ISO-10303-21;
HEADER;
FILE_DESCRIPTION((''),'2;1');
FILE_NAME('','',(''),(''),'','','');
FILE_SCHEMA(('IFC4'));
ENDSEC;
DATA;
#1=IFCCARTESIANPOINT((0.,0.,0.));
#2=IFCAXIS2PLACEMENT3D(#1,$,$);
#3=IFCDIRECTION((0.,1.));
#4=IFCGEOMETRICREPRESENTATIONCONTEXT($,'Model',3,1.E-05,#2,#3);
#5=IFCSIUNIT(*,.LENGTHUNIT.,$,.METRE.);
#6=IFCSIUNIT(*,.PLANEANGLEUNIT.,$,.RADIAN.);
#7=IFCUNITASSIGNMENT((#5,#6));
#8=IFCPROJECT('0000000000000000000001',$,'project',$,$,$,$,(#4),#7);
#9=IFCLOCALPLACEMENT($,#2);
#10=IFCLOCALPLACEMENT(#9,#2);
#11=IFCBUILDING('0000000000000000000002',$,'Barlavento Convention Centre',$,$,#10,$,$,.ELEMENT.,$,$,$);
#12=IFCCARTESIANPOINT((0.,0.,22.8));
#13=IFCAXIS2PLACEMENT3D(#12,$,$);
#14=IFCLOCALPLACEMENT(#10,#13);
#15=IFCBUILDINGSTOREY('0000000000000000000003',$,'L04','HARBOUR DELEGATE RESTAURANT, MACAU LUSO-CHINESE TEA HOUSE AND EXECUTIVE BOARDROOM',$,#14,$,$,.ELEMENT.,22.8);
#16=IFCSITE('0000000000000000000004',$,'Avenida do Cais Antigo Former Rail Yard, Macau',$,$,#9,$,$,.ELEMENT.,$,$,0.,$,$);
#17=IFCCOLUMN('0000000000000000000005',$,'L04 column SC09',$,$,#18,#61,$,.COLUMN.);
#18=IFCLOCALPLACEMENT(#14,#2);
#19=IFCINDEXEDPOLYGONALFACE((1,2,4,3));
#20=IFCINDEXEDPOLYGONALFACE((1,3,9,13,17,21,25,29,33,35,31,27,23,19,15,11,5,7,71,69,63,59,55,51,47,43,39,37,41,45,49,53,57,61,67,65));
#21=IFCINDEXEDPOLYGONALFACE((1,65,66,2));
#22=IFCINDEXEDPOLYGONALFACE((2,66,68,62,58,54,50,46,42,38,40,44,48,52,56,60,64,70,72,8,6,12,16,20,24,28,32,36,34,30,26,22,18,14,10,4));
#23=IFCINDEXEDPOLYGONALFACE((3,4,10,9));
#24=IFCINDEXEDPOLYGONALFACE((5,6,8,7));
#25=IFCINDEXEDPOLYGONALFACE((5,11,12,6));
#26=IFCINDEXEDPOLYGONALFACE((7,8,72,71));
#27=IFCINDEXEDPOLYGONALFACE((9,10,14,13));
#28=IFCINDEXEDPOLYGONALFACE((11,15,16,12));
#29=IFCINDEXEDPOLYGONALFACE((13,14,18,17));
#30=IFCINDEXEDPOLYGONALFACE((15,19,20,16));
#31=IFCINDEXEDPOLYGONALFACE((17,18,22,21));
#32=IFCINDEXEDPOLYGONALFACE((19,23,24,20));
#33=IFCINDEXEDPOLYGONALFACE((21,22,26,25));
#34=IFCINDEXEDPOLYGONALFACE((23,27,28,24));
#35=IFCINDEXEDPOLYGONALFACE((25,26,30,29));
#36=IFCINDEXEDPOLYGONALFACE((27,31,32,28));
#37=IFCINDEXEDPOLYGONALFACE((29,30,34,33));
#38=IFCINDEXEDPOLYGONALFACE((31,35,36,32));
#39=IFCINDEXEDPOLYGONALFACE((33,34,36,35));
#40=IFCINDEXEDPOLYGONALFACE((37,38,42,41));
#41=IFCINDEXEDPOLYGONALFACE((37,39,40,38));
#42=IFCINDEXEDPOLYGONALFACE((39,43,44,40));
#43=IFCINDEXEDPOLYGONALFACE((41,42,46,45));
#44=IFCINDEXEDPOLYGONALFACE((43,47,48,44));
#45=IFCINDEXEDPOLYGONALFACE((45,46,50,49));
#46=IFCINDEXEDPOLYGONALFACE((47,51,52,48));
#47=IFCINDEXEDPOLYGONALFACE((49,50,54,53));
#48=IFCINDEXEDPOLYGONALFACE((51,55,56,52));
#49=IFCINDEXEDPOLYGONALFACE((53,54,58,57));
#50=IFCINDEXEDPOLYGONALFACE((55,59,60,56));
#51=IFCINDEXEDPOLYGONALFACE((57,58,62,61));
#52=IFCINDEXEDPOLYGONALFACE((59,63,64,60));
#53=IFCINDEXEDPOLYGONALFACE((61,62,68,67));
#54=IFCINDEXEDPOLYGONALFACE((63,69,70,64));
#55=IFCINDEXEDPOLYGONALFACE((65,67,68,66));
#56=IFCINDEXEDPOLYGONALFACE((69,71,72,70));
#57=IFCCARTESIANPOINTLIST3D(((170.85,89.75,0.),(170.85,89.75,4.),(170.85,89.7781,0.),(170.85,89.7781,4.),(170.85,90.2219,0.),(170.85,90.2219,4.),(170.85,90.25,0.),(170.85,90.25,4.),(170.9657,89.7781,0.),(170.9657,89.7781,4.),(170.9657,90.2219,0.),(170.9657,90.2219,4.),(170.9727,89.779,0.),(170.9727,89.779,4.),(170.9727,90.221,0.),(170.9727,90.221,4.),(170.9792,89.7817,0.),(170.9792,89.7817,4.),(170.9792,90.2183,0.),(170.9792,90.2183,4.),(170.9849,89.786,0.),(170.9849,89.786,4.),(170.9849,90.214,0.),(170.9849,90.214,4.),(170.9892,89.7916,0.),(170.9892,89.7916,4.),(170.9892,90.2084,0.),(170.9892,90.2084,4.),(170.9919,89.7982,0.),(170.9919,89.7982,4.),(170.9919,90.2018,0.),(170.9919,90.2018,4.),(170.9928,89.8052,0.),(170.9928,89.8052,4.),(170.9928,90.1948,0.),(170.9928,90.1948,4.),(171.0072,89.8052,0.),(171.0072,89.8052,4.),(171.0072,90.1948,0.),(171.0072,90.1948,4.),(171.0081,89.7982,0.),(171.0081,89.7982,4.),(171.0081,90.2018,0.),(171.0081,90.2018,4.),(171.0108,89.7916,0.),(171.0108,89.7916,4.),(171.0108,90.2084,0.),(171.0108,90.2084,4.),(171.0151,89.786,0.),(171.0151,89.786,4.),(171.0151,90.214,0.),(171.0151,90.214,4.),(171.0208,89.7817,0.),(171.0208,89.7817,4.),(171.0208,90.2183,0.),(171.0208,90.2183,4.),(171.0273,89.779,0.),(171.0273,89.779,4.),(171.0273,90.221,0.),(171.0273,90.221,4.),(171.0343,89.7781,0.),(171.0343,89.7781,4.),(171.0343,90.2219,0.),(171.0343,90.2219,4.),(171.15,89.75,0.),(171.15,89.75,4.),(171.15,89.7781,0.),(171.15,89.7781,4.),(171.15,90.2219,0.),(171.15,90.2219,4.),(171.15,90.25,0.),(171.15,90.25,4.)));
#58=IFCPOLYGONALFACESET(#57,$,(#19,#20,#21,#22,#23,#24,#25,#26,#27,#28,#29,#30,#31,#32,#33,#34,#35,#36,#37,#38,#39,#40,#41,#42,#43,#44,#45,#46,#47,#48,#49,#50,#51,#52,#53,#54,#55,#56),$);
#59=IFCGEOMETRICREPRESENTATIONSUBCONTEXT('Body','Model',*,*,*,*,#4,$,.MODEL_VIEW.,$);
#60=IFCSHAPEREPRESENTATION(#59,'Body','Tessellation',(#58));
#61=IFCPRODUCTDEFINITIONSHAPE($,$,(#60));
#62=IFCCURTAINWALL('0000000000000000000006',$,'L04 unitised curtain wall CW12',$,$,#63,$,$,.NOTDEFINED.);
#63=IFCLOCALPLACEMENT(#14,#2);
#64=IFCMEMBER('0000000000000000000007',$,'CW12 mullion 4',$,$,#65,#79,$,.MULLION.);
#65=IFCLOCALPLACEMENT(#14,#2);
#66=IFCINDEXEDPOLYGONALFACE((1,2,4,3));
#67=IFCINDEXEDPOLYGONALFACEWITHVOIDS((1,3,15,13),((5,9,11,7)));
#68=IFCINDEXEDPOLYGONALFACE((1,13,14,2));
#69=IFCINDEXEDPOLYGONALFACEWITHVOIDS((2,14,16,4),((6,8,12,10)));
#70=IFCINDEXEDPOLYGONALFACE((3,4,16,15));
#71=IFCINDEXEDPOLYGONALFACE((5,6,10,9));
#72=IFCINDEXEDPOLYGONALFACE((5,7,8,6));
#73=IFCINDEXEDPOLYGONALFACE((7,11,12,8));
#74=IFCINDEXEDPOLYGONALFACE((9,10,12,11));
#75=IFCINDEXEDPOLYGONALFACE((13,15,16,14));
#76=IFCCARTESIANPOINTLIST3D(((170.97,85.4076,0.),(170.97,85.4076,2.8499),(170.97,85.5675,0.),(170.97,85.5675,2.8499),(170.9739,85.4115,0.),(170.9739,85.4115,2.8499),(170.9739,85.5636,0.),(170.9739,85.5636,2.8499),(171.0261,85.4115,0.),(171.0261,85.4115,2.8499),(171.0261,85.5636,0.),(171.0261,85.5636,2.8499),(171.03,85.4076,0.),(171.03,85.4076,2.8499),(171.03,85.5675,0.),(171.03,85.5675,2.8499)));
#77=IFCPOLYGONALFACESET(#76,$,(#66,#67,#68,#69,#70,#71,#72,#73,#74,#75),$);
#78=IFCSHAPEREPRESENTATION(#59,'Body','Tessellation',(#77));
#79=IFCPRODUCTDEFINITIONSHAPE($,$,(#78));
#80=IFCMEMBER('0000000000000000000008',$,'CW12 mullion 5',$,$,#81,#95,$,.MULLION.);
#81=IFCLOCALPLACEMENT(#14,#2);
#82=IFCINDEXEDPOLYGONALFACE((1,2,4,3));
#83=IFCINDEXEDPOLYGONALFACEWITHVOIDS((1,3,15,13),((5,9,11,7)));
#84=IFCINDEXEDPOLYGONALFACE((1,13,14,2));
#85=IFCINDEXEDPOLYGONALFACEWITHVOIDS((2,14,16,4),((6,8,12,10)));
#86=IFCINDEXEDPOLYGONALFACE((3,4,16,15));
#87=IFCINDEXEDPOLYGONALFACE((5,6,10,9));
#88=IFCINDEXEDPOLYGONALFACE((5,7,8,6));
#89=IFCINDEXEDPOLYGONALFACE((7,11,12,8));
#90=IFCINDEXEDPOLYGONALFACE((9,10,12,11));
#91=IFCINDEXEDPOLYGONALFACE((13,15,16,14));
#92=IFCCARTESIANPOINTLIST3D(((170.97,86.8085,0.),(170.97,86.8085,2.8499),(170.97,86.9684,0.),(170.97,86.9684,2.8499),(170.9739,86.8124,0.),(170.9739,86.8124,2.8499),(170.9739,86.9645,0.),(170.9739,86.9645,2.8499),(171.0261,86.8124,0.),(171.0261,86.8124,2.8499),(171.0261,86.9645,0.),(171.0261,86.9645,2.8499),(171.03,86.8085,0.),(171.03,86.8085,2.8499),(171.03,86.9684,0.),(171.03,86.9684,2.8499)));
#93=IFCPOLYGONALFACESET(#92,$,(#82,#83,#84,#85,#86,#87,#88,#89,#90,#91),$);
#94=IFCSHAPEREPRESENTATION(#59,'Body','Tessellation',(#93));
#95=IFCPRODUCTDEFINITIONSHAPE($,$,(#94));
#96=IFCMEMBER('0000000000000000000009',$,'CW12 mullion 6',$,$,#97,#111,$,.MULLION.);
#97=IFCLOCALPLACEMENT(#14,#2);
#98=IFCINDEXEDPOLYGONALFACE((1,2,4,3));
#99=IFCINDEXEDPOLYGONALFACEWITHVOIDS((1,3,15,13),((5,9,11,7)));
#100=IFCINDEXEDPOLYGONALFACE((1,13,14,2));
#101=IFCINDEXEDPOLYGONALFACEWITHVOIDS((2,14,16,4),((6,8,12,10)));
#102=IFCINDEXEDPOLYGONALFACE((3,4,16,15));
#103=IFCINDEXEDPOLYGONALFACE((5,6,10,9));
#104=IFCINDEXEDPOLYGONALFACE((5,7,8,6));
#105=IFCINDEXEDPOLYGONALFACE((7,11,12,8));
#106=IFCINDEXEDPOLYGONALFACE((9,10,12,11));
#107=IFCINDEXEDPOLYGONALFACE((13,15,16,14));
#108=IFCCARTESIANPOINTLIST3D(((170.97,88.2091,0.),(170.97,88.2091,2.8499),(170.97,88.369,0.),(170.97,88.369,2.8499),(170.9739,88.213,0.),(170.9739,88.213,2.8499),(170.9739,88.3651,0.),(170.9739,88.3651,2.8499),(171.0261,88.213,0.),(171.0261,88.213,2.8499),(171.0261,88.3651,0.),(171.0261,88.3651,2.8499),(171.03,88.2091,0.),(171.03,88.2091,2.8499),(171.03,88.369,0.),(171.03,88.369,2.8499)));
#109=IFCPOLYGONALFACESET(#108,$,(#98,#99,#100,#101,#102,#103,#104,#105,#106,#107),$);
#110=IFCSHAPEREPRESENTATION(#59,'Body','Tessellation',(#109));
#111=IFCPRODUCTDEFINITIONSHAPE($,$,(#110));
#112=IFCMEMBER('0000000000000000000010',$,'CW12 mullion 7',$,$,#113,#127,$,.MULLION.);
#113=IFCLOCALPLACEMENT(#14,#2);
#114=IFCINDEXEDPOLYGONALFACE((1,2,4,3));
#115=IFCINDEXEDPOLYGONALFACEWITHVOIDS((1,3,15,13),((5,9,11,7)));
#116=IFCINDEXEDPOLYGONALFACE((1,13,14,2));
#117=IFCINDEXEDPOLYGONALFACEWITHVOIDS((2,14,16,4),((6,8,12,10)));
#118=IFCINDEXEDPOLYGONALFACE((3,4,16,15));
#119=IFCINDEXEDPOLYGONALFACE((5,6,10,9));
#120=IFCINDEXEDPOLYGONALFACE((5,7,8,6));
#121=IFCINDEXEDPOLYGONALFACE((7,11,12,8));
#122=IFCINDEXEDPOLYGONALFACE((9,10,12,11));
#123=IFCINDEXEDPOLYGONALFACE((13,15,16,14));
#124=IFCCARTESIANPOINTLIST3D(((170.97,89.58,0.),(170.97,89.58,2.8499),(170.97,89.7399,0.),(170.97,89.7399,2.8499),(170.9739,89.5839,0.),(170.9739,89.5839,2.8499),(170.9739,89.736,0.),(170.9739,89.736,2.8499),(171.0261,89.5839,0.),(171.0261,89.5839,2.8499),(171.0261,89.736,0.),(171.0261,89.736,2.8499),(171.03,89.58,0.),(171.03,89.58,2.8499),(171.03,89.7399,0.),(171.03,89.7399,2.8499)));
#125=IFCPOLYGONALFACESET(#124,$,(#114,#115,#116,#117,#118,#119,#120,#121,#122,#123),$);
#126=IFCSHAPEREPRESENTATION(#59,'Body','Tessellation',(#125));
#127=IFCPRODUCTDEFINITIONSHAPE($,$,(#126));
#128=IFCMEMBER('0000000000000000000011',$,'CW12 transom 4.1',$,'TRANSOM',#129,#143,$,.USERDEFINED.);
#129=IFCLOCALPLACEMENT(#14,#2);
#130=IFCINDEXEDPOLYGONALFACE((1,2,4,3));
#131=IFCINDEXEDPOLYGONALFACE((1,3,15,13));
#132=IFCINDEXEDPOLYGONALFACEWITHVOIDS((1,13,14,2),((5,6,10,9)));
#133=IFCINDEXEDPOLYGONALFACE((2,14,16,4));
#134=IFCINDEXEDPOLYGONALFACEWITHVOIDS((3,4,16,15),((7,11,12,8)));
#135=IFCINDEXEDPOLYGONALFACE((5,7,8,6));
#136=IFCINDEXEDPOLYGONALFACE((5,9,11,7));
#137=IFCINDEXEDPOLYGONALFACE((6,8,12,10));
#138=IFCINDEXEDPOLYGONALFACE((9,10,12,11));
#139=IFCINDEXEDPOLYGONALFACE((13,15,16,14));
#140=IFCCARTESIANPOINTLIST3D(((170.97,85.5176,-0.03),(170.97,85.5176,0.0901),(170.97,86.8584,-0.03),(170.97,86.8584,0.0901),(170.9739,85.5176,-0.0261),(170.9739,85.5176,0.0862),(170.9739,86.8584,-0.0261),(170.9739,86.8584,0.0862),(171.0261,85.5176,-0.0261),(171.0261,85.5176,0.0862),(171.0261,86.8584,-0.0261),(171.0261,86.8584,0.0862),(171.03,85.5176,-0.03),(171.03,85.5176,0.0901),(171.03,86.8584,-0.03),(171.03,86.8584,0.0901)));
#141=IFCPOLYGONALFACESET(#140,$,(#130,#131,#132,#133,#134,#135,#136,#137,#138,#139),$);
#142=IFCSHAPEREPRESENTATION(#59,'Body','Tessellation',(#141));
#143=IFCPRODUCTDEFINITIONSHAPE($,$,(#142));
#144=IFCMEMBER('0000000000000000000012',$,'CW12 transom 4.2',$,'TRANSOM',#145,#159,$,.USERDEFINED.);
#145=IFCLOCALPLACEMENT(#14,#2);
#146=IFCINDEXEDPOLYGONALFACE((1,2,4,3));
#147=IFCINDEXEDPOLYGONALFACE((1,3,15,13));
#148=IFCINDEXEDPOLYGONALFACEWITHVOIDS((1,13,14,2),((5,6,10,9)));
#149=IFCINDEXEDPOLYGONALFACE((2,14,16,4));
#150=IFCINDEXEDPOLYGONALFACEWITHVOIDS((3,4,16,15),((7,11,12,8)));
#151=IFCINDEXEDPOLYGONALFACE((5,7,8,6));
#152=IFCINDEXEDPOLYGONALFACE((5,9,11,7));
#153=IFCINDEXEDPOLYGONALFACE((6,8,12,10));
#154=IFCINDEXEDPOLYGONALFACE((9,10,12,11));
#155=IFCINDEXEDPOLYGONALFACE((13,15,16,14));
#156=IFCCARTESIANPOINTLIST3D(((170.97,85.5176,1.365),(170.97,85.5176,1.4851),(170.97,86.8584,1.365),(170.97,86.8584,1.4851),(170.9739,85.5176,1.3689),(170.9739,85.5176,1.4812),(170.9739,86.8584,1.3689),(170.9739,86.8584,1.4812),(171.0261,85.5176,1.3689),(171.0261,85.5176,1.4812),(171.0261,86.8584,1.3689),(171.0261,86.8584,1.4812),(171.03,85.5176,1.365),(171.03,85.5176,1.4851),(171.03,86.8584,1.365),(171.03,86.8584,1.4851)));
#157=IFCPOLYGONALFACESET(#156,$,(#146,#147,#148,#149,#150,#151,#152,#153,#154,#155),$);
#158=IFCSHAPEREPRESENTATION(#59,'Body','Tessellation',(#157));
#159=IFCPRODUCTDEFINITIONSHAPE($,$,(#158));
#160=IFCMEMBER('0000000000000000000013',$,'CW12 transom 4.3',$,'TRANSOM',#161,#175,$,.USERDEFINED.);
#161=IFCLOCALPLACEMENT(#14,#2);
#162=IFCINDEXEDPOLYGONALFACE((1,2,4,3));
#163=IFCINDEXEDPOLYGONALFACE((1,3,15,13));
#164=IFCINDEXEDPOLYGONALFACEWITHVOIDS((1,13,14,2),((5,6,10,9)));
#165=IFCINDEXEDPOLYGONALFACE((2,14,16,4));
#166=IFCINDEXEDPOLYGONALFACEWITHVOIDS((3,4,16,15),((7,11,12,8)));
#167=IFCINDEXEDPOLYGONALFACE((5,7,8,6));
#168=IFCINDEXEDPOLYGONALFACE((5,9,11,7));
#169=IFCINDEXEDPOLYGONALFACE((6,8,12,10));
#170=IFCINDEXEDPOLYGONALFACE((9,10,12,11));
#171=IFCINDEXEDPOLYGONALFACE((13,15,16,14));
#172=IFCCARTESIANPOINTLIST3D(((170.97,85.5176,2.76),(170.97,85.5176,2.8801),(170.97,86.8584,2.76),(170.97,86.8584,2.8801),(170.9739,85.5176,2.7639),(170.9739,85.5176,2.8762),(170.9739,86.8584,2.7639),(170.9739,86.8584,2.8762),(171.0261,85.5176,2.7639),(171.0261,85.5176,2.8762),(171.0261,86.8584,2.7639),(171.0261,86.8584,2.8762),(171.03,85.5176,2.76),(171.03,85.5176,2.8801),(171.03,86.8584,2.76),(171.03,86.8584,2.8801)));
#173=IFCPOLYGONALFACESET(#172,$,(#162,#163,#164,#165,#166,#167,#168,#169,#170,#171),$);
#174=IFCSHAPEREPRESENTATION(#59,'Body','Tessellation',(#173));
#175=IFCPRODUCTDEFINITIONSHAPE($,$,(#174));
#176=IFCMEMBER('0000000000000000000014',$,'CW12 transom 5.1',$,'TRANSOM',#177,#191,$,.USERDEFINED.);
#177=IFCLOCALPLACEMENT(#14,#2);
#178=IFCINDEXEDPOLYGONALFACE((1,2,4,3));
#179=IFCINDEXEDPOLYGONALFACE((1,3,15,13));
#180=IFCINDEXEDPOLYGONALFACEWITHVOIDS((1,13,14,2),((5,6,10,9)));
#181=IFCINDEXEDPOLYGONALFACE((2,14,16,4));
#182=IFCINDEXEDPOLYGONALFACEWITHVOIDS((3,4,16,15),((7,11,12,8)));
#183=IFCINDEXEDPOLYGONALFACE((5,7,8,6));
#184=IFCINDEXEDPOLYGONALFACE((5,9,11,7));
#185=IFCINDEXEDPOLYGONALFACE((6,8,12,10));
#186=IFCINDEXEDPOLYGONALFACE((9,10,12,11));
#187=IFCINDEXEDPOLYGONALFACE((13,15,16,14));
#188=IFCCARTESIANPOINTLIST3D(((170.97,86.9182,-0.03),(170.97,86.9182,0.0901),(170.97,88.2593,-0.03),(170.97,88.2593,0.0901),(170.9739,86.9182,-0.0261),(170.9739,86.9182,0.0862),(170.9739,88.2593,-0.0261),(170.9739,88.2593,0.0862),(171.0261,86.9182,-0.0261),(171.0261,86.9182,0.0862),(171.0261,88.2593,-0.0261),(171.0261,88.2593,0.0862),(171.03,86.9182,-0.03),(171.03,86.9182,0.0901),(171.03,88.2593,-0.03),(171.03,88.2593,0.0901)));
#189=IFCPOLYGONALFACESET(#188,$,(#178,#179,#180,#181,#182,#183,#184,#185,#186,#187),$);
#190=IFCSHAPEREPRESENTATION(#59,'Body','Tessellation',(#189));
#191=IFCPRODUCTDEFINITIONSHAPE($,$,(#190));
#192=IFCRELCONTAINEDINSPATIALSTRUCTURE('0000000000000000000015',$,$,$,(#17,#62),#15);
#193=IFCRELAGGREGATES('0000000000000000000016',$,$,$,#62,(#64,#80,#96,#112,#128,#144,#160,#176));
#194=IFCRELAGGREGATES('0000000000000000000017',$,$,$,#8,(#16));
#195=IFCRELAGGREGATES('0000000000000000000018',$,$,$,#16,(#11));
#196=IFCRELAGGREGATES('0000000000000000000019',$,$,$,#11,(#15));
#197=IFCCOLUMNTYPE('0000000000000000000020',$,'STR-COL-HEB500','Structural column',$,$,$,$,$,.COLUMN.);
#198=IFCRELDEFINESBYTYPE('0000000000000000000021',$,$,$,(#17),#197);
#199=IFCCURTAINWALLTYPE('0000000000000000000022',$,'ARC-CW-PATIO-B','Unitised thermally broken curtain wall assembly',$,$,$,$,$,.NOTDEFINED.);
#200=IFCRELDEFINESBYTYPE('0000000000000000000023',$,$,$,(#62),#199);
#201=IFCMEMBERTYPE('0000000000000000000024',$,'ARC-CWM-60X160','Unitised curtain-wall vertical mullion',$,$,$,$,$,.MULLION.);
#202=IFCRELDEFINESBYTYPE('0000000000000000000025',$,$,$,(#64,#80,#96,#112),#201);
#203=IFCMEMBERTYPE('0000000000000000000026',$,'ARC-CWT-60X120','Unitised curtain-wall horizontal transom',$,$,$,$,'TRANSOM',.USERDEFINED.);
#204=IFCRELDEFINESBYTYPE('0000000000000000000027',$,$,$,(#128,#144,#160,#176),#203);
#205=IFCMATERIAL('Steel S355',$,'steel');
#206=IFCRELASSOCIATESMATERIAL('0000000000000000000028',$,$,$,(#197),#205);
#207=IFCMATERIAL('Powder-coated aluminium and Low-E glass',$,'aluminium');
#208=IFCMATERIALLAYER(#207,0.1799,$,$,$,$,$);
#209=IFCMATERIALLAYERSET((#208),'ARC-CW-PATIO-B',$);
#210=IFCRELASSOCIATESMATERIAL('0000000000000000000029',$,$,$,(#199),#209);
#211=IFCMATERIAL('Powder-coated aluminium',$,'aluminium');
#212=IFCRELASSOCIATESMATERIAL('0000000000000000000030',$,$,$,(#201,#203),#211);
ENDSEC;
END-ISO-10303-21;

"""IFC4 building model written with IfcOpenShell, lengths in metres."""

from ifc_helpers import new_model, si_unit, direction, frame, origin, origin_2d, place, context, subcontext, project, spatial, hollow_rectangle, i_section, extrude, material, layer, layer_set, material_profile, profile_set, type_object, element, aggregate, save


model = new_model("IFC4")

# Units and contexts
model_context = context("Model", 3, precision=1e-05, world=origin(), true_north=direction((0.0, 1.0)))
body_context = subcontext(model_context, "Body", "Model", "MODEL_VIEW")
ifc_project = project(units=[si_unit("LENGTHUNIT", "METRE"), si_unit("PLANEANGLEUNIT", "RADIAN")], contexts=[model_context])

# Site, building, storey
site_placement = place(None, origin())
site = spatial("IfcSite", under=ifc_project, at=site_placement, Name="Avenida do Cais Antigo Former Rail Yard, Macau", CompositionType="ELEMENT", RefElevation=0.0)
building_placement = place(site_placement, origin())
building = spatial("IfcBuilding", under=site, at=building_placement, Name="Barlavento Convention Centre", CompositionType="ELEMENT")
storey_placement = place(building_placement, frame((0.0, 0.0, 22.8)))
storey = spatial("IfcBuildingStorey", under=building, at=storey_placement, Name="L04", Description="HARBOUR DELEGATE RESTAURANT, MACAU LUSO-CHINESE TEA HOUSE AND EXECUTIVE BOARDROOM", CompositionType="ELEMENT", Elevation=22.8)

# Column
ifc_material_1 = material(Name="Steel S355", Category="steel")
ifc_material_profile_1 = material_profile(ifc_material_1, i_section(OverallWidth=0.3, OverallDepth=0.5, WebThickness=0.0144, FlangeThickness=0.0281, FilletRadius=0.0271, at=origin_2d()), Name="HEB 500")
ifc_profile_set_1 = profile_set([ifc_material_profile_1], Name="Steel S355")
column_type = type_object("IfcColumnType", Name="STR-COL-HEB500", Description="Structural column", PredefinedType="COLUMN", material=ifc_profile_set_1)
column_placement = place(storey_placement, frame((171.0, 90.0, 0.0), z_axis=(0.0, 0.0, 1.0), x_axis=(1.0, 0.0, 0.0)))
element("IfcColumn", 1, at=column_placement, inside=storey, type_object=column_type, Name="L04 column SC09", PredefinedType="COLUMN", context=body_context, shape_type="SweptSolid", body=[
    extrude(i_section(OverallWidth=0.3, OverallDepth=0.5, WebThickness=0.0144, FlangeThickness=0.0281, FilletRadius=0.0271, at=origin_2d()), origin(), (0.0, 0.0, 1.0), 4.0),
])

# Curtain wall, members
ifc_material_2 = material(Name="Powder-coated aluminium and Low-E glass", Category="aluminium")
ifc_layer_1 = layer(ifc_material_2, 0.1799)
ifc_layer_set_1 = layer_set([ifc_layer_1], Name="ARC-CW-PATIO-B")
curtain_wall_type = type_object("IfcCurtainWallType", Name="ARC-CW-PATIO-B", Description="Unitised thermally broken curtain wall assembly", PredefinedType="NOTDEFINED", material=ifc_layer_set_1)
curtain_wall_placement = place(storey_placement, origin())
curtain_wall = element("IfcCurtainWall", 2, at=curtain_wall_placement, inside=storey, type_object=curtain_wall_type, Name="L04 unitised curtain wall CW12", PredefinedType="NOTDEFINED")
ifc_material_3 = material(Name="Powder-coated aluminium", Category="aluminium")
ifc_material_profile_2 = material_profile(ifc_material_3, hollow_rectangle(XDim=0.0601, YDim=0.1599, WallThickness=0.0039, at=origin_2d()), Name="AL-MULL 60x160x4")
ifc_profile_set_2 = profile_set([ifc_material_profile_2], Name="Powder-coated aluminium")
member_type_1 = type_object("IfcMemberType", Name="ARC-CWM-60X160", Description="Unitised curtain-wall vertical mullion", PredefinedType="MULLION", material=ifc_profile_set_2)
member_1_placement = place(storey_placement, frame((171.0, 85.4875, 0.0), z_axis=(0.0, 0.0, 1.0), x_axis=(-1.0, 0.0, 0.0)))
member_1 = element("IfcMember", 3, at=member_1_placement, type_object=member_type_1, Name="CW12 mullion 4", PredefinedType="MULLION", context=body_context, shape_type="SweptSolid", body=[
    extrude(hollow_rectangle(XDim=0.0601, YDim=0.1599, WallThickness=0.0039, at=origin_2d()), origin(), (0.0, 0.0, 1.0), 2.8499),
])
member_2_placement = place(storey_placement, frame((171.0, 86.8884, 0.0), z_axis=(0.0, 0.0, 1.0), x_axis=(-1.0, 0.0, 0.0)))
member_2 = element("IfcMember", 4, at=member_2_placement, type_object=member_type_1, Name="CW12 mullion 5", PredefinedType="MULLION", context=body_context, shape_type="SweptSolid", body=[
    extrude(hollow_rectangle(XDim=0.0601, YDim=0.1599, WallThickness=0.0039, at=origin_2d()), origin(), (0.0, 0.0, 1.0), 2.8499),
])
member_3_placement = place(storey_placement, frame((171.0, 88.2891, 0.0), z_axis=(0.0, 0.0, 1.0), x_axis=(-1.0, 0.0, 0.0)))
member_3 = element("IfcMember", 5, at=member_3_placement, type_object=member_type_1, Name="CW12 mullion 6", PredefinedType="MULLION", context=body_context, shape_type="SweptSolid", body=[
    extrude(hollow_rectangle(XDim=0.0601, YDim=0.1599, WallThickness=0.0039, at=origin_2d()), origin(), (0.0, 0.0, 1.0), 2.8499),
])
member_4_placement = place(storey_placement, frame((171.0, 89.6599, 0.0), z_axis=(0.0, 0.0, 1.0), x_axis=(-1.0, 0.0, 0.0)))
member_4 = element("IfcMember", 6, at=member_4_placement, type_object=member_type_1, Name="CW12 mullion 7", PredefinedType="MULLION", context=body_context, shape_type="SweptSolid", body=[
    extrude(hollow_rectangle(XDim=0.0601, YDim=0.1599, WallThickness=0.0039, at=origin_2d()), origin(), (0.0, 0.0, 1.0), 2.8499),
])
ifc_material_profile_3 = material_profile(ifc_material_3, hollow_rectangle(XDim=0.0601, YDim=0.1201, WallThickness=0.0039, at=origin_2d()), Name="AL-TRAN 60x120x4")
ifc_profile_set_3 = profile_set([ifc_material_profile_3], Name="Powder-coated aluminium")
member_type_2 = type_object("IfcMemberType", Name="ARC-CWT-60X120", Description="Unitised curtain-wall horizontal transom", ElementType="TRANSOM", PredefinedType="USERDEFINED", material=ifc_profile_set_3)
member_5_placement = place(storey_placement, frame((171.0, 85.5176, 0.03), z_axis=(0.0, 1.0, 0.0), x_axis=(-1.0, 0.0, 0.0)))
member_5 = element("IfcMember", 7, at=member_5_placement, type_object=member_type_2, Name="CW12 transom 4.1", ObjectType="TRANSOM", PredefinedType="USERDEFINED", context=body_context, shape_type="SweptSolid", body=[
    extrude(hollow_rectangle(XDim=0.0601, YDim=0.1201, WallThickness=0.0039, at=origin_2d()), origin(), (0.0, 0.0, 1.0), 1.3408),
])
member_6_placement = place(storey_placement, frame((171.0, 85.5176, 1.425), z_axis=(0.0, 1.0, 0.0), x_axis=(-1.0, 0.0, 0.0)))
member_6 = element("IfcMember", 8, at=member_6_placement, type_object=member_type_2, Name="CW12 transom 4.2", ObjectType="TRANSOM", PredefinedType="USERDEFINED", context=body_context, shape_type="SweptSolid", body=[
    extrude(hollow_rectangle(XDim=0.0601, YDim=0.1201, WallThickness=0.0039, at=origin_2d()), origin(), (0.0, 0.0, 1.0), 1.3408),
])
member_7_placement = place(storey_placement, frame((171.0, 85.5176, 2.8201), z_axis=(0.0, 1.0, 0.0), x_axis=(-1.0, 0.0, 0.0)))
member_7 = element("IfcMember", 9, at=member_7_placement, type_object=member_type_2, Name="CW12 transom 4.3", ObjectType="TRANSOM", PredefinedType="USERDEFINED", context=body_context, shape_type="SweptSolid", body=[
    extrude(hollow_rectangle(XDim=0.0601, YDim=0.1201, WallThickness=0.0039, at=origin_2d()), origin(), (0.0, 0.0, 1.0), 1.3408),
])
member_8_placement = place(storey_placement, frame((171.0, 86.9182, 0.03), z_axis=(0.0, 1.0, 0.0), x_axis=(-1.0, 0.0, 0.0)))
member_8 = element("IfcMember", 10, at=member_8_placement, type_object=member_type_2, Name="CW12 transom 5.1", ObjectType="TRANSOM", PredefinedType="USERDEFINED", context=body_context, shape_type="SweptSolid", body=[
    extrude(hollow_rectangle(XDim=0.0601, YDim=0.1201, WallThickness=0.0039, at=origin_2d()), origin(), (0.0, 0.0, 1.0), 1.3411),
])
aggregate(curtain_wall, [member_1, member_2, member_3, member_4, member_5, member_6, member_7, member_8])

save(model, "model.ifc")
